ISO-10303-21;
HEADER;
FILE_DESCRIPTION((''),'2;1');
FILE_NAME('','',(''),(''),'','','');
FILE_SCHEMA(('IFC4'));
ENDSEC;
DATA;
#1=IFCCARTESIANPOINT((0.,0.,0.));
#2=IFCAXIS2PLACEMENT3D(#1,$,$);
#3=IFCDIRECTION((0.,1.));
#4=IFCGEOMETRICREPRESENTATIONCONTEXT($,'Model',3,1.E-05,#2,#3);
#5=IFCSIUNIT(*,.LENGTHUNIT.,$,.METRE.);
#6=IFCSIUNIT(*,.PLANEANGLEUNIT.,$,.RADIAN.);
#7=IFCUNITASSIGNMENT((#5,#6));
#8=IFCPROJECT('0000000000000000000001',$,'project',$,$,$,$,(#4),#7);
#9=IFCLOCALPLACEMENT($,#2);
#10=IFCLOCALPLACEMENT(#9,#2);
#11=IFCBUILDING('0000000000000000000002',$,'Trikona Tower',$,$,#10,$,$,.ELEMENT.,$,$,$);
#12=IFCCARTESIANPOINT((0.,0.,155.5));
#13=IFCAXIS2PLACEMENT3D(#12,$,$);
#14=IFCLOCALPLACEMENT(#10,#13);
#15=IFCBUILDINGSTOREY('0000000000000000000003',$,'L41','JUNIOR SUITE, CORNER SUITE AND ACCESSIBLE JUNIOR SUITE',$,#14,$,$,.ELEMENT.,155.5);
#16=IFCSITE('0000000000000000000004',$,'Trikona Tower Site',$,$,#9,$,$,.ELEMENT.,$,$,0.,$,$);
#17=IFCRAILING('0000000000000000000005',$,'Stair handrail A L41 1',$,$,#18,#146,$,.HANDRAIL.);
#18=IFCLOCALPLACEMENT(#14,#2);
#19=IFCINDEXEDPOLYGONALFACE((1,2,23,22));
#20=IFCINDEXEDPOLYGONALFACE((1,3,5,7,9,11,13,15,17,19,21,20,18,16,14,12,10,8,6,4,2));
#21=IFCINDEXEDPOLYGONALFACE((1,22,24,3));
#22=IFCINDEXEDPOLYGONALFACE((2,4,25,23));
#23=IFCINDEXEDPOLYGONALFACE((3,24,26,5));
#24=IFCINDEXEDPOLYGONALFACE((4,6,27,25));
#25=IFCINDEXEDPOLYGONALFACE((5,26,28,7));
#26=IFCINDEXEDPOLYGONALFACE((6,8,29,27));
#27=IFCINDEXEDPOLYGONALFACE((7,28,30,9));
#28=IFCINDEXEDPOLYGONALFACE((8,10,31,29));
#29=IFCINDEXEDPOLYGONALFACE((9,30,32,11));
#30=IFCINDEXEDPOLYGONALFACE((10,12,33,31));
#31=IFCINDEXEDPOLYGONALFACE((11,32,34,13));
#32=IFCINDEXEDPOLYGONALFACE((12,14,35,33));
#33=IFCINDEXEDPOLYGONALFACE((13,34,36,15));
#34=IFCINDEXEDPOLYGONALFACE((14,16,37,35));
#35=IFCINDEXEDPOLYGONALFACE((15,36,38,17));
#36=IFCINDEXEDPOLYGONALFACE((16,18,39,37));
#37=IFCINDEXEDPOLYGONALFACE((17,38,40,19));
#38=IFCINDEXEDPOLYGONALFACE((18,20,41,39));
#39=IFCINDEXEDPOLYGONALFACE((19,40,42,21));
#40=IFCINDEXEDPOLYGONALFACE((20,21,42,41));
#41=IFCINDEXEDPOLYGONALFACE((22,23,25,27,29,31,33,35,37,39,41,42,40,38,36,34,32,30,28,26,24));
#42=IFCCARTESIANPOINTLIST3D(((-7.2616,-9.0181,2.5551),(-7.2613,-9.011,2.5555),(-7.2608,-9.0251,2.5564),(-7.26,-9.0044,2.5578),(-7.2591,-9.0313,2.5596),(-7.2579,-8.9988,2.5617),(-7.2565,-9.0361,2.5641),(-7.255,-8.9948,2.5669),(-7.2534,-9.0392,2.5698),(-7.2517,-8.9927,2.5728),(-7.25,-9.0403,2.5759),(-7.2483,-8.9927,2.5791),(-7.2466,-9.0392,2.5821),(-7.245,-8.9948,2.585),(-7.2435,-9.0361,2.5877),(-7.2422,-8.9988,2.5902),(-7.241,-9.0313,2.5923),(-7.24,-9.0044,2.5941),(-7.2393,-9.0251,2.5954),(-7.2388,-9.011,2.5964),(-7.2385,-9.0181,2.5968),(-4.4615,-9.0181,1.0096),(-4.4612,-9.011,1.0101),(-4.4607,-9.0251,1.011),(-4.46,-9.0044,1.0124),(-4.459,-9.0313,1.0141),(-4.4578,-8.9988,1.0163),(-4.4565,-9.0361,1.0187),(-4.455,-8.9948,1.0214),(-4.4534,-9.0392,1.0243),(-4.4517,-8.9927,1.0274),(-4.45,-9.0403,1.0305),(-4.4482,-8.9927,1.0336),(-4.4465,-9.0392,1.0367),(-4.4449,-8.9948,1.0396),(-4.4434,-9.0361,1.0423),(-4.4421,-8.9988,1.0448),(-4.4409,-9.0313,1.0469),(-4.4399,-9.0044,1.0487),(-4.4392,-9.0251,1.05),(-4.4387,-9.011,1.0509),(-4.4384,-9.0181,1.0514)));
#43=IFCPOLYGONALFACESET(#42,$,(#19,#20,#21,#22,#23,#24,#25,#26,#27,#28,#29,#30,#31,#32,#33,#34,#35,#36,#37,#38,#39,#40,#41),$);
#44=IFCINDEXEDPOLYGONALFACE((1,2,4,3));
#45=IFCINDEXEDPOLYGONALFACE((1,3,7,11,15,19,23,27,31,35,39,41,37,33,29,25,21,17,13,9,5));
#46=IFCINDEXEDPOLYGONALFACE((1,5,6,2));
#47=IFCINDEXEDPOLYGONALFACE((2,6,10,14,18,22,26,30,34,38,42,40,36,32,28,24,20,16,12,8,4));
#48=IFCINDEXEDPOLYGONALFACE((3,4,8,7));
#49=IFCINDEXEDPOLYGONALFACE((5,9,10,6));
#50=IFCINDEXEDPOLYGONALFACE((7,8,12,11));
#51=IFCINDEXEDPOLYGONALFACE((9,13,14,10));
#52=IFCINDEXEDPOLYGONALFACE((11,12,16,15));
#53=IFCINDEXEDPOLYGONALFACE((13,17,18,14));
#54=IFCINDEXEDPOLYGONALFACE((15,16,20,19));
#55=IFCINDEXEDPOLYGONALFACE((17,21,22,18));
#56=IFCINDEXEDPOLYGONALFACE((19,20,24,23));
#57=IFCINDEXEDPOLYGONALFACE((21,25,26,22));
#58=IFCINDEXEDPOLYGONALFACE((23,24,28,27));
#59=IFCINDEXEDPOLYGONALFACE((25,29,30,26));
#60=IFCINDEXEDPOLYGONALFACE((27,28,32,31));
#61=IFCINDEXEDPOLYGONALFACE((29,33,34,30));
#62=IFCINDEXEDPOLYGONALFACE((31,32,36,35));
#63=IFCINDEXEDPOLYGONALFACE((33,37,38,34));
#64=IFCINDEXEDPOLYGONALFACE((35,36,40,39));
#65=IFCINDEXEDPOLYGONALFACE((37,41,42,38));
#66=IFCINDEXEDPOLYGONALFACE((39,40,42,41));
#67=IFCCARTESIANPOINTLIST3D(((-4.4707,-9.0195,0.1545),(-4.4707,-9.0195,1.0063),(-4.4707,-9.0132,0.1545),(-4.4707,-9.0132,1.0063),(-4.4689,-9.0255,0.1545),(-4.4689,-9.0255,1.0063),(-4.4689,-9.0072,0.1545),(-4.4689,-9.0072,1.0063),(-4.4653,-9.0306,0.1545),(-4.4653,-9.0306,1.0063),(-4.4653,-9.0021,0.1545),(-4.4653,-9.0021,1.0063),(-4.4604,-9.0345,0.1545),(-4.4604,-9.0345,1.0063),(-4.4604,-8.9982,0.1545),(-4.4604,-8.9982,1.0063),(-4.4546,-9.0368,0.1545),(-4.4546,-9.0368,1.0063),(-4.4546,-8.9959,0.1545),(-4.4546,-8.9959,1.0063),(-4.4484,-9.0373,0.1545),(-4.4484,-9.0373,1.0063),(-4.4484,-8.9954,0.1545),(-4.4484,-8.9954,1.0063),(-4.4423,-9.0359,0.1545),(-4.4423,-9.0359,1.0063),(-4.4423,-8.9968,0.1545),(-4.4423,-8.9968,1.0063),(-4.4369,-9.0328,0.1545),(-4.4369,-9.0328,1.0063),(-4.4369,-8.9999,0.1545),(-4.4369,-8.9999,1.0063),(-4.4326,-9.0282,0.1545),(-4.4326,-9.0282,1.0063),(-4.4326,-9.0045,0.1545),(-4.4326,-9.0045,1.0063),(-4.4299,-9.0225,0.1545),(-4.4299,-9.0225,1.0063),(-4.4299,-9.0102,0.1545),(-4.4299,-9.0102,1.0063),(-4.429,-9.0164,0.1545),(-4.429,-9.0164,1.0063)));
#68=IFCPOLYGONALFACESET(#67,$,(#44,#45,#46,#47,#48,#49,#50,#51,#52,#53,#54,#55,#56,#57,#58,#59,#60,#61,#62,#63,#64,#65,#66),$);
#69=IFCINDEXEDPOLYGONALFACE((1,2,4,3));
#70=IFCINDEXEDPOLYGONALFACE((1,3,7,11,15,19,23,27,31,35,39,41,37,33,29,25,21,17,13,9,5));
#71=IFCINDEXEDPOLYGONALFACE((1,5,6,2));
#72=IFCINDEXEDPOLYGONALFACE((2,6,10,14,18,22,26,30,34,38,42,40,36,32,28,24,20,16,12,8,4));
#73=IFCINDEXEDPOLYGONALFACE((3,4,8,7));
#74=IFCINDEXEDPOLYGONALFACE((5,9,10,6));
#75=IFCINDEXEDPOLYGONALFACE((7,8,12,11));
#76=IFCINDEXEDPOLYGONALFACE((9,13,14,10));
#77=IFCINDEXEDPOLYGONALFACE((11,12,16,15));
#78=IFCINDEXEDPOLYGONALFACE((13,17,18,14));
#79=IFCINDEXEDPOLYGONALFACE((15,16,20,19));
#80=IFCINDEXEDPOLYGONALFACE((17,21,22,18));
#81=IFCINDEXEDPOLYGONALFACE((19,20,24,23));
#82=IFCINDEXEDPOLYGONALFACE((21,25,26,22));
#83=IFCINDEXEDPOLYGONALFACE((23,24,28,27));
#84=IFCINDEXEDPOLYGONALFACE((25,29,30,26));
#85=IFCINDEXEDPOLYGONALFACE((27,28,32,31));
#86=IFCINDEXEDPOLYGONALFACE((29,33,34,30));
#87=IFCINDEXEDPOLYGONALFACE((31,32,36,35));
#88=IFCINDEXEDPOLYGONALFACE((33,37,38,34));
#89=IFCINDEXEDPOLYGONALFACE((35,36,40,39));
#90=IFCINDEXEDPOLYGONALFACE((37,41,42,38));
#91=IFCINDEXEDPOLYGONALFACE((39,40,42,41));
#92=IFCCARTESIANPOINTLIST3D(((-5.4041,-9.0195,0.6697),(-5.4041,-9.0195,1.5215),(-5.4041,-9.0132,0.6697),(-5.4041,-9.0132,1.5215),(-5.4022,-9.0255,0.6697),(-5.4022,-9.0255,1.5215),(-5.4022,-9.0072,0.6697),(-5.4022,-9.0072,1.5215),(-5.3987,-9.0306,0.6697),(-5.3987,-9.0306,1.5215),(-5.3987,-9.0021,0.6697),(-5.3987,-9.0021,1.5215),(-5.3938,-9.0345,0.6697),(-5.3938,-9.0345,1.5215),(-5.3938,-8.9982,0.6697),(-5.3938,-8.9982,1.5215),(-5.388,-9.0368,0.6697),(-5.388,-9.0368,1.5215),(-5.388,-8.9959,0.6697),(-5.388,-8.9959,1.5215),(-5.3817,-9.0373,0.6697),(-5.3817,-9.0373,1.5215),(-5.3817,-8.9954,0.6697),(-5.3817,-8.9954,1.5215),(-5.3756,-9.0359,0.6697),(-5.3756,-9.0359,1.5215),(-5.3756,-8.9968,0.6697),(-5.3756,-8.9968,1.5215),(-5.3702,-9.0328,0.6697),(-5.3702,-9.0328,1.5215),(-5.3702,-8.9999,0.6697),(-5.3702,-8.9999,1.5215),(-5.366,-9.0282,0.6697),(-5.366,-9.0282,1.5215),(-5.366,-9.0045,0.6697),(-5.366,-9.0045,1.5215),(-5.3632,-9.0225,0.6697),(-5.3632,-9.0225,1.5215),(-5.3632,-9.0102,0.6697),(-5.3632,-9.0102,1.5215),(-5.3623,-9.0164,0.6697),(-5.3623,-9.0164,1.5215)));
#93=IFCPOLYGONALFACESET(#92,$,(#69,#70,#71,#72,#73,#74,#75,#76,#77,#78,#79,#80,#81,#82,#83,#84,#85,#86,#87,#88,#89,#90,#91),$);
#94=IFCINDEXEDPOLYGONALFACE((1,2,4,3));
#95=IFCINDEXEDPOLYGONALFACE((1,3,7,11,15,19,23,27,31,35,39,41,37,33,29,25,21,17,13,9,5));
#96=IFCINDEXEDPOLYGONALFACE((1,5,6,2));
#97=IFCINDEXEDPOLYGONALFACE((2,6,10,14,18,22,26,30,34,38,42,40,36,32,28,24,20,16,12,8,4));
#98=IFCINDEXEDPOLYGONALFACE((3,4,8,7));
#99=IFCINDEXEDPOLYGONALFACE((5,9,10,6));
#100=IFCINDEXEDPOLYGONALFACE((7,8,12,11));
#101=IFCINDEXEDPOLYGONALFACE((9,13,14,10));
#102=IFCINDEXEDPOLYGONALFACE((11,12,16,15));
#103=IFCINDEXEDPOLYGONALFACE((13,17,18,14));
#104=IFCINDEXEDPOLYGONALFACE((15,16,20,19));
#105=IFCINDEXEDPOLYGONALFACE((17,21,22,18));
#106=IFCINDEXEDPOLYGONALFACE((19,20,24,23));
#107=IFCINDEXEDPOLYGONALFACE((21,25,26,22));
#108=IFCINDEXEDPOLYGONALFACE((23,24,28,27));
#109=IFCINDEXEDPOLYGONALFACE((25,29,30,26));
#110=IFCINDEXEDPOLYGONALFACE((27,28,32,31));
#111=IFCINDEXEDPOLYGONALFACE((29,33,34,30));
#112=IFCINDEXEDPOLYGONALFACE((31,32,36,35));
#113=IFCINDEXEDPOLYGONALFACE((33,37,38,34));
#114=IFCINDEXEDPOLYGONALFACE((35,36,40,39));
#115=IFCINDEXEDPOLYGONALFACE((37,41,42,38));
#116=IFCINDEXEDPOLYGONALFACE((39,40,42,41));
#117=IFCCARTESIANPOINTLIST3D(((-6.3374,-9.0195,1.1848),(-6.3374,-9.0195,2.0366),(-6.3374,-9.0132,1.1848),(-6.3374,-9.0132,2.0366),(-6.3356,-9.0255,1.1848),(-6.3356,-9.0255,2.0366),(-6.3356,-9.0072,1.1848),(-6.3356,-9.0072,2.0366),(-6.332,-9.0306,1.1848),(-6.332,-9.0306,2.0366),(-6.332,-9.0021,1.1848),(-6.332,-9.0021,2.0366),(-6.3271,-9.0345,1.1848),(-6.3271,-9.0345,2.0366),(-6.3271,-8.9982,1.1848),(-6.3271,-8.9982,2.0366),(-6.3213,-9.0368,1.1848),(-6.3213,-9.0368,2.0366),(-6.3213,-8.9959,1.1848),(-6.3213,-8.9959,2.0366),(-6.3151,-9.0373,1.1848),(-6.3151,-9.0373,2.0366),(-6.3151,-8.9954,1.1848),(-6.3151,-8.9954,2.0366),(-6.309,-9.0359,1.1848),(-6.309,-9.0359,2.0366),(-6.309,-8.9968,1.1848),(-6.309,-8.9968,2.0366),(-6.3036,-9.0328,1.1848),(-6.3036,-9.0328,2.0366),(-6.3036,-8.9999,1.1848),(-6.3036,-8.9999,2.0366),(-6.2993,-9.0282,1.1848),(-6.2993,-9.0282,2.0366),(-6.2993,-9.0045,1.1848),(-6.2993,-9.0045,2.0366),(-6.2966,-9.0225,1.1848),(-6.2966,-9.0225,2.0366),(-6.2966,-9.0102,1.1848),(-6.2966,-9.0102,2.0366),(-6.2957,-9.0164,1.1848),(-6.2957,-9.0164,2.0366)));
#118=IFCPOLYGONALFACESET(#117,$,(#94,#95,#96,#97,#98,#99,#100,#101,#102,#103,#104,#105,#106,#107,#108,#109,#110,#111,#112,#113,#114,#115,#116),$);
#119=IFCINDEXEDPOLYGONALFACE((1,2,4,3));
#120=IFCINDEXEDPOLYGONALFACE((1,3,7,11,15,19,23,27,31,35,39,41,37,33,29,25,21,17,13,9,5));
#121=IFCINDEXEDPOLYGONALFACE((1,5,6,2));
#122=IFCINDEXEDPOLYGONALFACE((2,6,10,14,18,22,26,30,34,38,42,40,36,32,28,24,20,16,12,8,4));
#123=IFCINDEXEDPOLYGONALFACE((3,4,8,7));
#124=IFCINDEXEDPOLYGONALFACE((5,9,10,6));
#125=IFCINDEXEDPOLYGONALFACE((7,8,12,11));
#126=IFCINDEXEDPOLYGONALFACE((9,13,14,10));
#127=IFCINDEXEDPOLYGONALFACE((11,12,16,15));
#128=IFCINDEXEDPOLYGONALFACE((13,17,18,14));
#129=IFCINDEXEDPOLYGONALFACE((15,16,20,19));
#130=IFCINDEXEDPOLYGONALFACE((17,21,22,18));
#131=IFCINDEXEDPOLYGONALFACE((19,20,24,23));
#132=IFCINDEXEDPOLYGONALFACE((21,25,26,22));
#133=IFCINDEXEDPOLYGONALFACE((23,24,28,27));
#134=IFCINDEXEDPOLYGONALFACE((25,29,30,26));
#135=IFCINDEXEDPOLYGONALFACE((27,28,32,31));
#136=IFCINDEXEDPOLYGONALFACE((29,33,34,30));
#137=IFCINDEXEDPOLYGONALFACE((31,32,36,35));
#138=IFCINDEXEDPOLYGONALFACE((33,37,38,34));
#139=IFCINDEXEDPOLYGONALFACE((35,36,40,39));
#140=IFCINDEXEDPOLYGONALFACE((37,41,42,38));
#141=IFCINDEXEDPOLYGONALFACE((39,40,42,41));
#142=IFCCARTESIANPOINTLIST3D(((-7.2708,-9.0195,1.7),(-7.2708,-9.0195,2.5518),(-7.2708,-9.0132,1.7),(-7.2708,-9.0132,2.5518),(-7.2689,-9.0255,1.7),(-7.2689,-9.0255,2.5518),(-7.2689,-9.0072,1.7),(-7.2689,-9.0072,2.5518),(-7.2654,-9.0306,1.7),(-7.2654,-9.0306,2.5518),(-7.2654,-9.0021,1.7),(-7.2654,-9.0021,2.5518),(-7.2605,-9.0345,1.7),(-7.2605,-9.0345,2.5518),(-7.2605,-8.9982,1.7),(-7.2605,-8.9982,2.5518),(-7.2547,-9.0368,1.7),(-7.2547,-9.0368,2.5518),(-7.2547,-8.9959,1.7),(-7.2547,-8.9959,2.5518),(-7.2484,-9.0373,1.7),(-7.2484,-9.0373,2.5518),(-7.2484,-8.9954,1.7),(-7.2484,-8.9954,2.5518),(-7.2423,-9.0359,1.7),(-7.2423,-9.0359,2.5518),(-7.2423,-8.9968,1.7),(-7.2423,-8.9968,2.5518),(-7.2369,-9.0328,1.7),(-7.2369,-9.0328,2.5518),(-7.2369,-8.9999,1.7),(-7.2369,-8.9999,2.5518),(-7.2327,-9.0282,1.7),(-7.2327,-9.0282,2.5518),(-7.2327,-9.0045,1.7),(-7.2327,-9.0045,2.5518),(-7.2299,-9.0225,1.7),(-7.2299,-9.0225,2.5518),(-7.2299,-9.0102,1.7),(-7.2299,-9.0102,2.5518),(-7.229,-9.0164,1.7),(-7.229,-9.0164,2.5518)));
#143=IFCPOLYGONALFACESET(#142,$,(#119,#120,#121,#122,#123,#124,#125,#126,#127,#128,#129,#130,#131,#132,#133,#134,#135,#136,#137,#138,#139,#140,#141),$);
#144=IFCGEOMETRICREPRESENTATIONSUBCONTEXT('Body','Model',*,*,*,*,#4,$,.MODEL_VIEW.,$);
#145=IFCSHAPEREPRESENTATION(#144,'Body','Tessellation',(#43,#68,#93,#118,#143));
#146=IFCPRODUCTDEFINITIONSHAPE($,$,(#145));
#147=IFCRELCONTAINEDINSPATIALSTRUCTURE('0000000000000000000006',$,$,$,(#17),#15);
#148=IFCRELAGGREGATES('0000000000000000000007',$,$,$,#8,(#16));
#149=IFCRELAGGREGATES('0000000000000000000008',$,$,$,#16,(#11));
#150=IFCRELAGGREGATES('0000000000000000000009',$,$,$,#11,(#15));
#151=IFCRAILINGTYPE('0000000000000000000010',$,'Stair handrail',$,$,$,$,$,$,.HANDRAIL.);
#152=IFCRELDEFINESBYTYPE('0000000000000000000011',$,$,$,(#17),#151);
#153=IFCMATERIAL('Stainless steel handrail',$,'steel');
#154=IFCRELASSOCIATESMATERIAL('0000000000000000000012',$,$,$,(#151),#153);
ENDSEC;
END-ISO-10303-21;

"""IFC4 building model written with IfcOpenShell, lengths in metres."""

from ifc_helpers import new_model, si_unit, direction, frame, origin, origin_2d, place, context, subcontext, project, spatial, circle, extrude, material, type_object, element, save


model = new_model("IFC4")

# Units and contexts
model_context = context("Model", 3, precision=1e-05, world=origin(), true_north=direction((0.0, 1.0)))
body_context = subcontext(model_context, "Body", "Model", "MODEL_VIEW")
ifc_project = project(units=[si_unit("LENGTHUNIT", "METRE"), si_unit("PLANEANGLEUNIT", "RADIAN")], contexts=[model_context])

# Site, building, storey
site_placement = place(None, origin())
site = spatial("IfcSite", under=ifc_project, at=site_placement, Name="Trikona Tower Site", CompositionType="ELEMENT", RefElevation=0.0)
building_placement = place(site_placement, origin())
building = spatial("IfcBuilding", under=site, at=building_placement, Name="Trikona Tower", CompositionType="ELEMENT")
storey_placement = place(building_placement, frame((0.0, 0.0, 155.5)))
storey = spatial("IfcBuildingStorey", under=building, at=storey_placement, Name="L41", Description="JUNIOR SUITE, CORNER SUITE AND ACCESSIBLE JUNIOR SUITE", CompositionType="ELEMENT", Elevation=155.5)

# Railing
ifc_material_1 = material(Name="Stainless steel handrail", Category="steel")
railing_type = type_object("IfcRailingType", Name="Stair handrail", PredefinedType="HANDRAIL", material=ifc_material_1)
railing_1_placement = place(storey_placement, frame((-4.45, -9.0164, 0.1545)))
element("IfcRailing", 1, at=railing_1_placement, inside=storey, type_object=railing_type, Name="Stair handrail A L41 1", PredefinedType="HANDRAIL", context=body_context, shape_type="SweptSolid", body=[
    extrude(circle(Radius=0.0239, at=origin_2d()), frame((0.0, 0.0, 0.876), z_axis=(-0.875504, 0.0, 0.483211), x_axis=(0.0, -1.0, 0.0)), (0.0, 0.0, 1.0), 3.1982),
    extrude(circle(Radius=0.021, at=origin_2d()), origin(), (0.0, 0.0, 1.0), 0.8518),
    extrude(circle(Radius=0.021, at=origin_2d()), frame((-0.9333, 0.0, 0.5151)), (0.0, 0.0, 1.0), 0.8518),
    extrude(circle(Radius=0.021, at=origin_2d()), frame((-1.8667, 0.0, 1.0303)), (0.0, 0.0, 1.0), 0.8518),
    extrude(circle(Radius=0.021, at=origin_2d()), frame((-2.8, 0.0, 1.5454)), (0.0, 0.0, 1.0), 0.8518),
])

save(model, "model.ifc")
